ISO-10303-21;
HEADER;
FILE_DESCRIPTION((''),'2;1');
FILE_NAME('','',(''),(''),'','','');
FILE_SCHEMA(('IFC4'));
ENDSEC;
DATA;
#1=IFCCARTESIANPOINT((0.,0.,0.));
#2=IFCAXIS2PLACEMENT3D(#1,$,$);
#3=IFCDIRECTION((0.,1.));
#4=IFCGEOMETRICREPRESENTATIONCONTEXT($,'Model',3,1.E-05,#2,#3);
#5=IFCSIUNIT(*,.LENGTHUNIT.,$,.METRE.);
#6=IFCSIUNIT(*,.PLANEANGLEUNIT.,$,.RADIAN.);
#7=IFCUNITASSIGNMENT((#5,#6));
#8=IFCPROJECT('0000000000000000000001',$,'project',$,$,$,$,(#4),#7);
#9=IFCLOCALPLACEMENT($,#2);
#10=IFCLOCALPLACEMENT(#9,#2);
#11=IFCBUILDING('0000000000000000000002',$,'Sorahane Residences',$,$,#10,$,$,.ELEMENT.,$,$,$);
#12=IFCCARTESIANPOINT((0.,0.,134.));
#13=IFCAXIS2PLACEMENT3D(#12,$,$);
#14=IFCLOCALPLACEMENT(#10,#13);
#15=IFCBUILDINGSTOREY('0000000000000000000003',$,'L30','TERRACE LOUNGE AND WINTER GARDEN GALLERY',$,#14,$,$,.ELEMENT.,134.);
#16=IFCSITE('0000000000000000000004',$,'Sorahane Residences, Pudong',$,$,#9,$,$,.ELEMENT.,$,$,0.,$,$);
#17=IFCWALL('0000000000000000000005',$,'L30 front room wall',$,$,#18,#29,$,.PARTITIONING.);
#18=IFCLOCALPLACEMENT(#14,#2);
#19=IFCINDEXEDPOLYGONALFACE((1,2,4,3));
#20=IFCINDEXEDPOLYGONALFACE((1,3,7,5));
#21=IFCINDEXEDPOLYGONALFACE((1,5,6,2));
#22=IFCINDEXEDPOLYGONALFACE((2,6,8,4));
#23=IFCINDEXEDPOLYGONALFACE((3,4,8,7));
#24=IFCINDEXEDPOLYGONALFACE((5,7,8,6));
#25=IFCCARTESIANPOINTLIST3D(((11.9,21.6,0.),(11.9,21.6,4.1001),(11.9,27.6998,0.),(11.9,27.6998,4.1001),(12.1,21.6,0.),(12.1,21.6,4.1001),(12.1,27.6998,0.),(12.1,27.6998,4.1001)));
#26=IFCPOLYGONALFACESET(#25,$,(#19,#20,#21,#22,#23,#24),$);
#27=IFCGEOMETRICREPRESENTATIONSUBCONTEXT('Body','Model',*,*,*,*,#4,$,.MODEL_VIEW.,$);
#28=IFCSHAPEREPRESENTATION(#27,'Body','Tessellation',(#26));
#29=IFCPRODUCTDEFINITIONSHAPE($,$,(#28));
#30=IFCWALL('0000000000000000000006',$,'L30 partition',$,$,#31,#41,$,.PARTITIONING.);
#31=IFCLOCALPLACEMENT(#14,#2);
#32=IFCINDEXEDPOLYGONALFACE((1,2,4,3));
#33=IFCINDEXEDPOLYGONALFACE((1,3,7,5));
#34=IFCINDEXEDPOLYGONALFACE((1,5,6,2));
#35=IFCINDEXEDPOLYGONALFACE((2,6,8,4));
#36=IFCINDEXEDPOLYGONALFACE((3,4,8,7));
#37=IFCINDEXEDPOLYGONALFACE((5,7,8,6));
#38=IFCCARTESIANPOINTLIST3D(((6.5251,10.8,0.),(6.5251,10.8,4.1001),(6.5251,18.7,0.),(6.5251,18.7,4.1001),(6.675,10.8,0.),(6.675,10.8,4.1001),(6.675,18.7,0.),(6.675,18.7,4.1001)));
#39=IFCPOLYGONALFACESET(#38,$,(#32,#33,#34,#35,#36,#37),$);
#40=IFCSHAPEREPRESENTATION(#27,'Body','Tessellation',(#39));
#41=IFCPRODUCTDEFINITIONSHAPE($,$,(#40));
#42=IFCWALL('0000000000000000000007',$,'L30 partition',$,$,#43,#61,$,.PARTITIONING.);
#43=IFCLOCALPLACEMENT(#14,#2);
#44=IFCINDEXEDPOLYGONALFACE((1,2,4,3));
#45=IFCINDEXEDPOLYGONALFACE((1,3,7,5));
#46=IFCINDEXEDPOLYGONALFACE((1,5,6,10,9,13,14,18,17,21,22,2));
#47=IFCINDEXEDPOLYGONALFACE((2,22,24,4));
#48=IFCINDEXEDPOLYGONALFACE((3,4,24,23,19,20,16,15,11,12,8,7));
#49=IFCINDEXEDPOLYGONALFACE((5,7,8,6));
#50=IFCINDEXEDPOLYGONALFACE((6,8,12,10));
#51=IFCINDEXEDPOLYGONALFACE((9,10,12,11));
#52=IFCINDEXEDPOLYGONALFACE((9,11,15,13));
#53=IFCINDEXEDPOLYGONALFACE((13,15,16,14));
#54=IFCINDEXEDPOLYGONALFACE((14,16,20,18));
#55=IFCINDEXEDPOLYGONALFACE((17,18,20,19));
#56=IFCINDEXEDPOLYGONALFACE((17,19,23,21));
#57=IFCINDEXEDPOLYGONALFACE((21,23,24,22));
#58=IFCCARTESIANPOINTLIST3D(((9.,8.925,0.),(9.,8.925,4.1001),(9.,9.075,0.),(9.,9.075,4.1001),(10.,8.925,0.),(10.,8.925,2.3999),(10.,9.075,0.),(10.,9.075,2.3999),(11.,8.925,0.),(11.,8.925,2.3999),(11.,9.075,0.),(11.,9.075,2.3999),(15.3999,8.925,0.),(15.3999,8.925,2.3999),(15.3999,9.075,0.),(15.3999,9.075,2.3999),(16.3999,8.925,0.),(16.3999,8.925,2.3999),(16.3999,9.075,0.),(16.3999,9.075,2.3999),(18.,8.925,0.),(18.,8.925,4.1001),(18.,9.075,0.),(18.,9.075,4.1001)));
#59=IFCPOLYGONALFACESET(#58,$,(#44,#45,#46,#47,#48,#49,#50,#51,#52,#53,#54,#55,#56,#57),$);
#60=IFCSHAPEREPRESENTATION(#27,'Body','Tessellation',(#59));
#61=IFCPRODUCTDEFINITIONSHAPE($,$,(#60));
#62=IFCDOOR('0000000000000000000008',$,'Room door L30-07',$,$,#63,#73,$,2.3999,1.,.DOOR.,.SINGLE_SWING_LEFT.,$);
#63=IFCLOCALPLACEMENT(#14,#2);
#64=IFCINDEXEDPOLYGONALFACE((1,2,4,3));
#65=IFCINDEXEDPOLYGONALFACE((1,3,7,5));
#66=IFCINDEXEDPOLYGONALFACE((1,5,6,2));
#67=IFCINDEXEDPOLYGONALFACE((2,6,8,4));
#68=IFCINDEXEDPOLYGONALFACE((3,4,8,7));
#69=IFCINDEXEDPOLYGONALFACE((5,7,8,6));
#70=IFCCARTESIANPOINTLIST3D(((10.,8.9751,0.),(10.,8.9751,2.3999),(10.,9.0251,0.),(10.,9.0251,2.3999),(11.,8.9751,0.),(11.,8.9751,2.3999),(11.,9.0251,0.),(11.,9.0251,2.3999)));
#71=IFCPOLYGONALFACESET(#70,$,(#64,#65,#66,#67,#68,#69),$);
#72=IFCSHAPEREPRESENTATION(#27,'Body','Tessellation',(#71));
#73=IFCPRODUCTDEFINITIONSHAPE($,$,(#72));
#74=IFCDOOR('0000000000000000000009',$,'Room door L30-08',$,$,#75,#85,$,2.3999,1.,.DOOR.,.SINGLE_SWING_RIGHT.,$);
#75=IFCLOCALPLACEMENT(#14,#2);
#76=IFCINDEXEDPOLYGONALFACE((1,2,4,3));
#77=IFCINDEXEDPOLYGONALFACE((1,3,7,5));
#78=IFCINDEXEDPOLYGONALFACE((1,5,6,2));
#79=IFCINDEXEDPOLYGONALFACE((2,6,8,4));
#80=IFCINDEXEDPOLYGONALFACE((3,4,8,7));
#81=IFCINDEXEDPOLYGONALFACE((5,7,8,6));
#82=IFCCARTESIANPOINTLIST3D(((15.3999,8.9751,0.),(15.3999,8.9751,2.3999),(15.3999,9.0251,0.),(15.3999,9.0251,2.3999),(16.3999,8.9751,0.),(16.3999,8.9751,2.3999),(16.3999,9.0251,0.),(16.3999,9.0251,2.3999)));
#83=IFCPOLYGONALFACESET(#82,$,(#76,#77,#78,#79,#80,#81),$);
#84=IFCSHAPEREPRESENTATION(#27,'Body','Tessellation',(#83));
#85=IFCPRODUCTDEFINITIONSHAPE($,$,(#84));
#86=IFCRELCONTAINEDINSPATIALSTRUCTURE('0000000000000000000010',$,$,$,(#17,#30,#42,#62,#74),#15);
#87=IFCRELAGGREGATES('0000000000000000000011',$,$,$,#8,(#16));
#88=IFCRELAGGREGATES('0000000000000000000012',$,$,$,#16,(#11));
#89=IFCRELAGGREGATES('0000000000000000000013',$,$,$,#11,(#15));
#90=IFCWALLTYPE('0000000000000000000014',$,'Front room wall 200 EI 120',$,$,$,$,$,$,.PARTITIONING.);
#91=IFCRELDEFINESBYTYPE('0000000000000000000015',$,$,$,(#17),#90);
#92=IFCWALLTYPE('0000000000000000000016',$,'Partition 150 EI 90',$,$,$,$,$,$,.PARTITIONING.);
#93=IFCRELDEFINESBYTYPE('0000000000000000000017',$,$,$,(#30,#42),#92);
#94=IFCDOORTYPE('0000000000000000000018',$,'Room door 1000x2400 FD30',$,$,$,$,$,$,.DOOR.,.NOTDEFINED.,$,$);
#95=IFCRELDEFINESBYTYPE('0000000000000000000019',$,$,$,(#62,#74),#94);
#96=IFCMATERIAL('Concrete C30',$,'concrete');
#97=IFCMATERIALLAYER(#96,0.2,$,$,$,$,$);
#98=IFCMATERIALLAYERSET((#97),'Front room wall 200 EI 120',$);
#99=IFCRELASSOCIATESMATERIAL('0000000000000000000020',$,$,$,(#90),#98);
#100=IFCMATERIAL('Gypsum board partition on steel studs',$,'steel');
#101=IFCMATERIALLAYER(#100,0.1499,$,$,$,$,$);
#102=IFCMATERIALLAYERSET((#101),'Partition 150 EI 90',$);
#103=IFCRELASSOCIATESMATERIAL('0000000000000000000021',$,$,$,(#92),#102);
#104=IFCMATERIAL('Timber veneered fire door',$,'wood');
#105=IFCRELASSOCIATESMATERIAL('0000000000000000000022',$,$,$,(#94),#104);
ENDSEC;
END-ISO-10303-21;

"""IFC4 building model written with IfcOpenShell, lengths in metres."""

from ifc_helpers import new_model, si_unit, direction, frame, frame_2d, origin, place, context, subcontext, project, spatial, rectangle, extrude, material, layer, layer_set, type_object, element, fill, save


model = new_model("IFC4")

# Units and contexts
model_context = context("Model", 3, precision=1e-05, world=origin(), true_north=direction((0.0, 1.0)))
body_context = subcontext(model_context, "Body", "Model", "MODEL_VIEW")
ifc_project = project(units=[si_unit("LENGTHUNIT", "METRE"), si_unit("PLANEANGLEUNIT", "RADIAN")], contexts=[model_context])

# Site, building, storey
site_placement = place(None, origin())
site = spatial("IfcSite", under=ifc_project, at=site_placement, Name="Sorahane Residences, Pudong", CompositionType="ELEMENT", RefElevation=0.0)
building_placement = place(site_placement, origin())
building = spatial("IfcBuilding", under=site, at=building_placement, Name="Sorahane Residences", CompositionType="ELEMENT")
storey_placement = place(building_placement, frame((0.0, 0.0, 134.0)))
storey = spatial("IfcBuildingStorey", under=building, at=storey_placement, Name="L30", Description="TERRACE LOUNGE AND WINTER GARDEN GALLERY", CompositionType="ELEMENT", Elevation=134.0)

# Walls
ifc_material_1 = material(Name="Concrete C30", Category="concrete")
ifc_layer_1 = layer(ifc_material_1, 0.2)
ifc_layer_set_1 = layer_set([ifc_layer_1], Name="Front room wall 200 EI 120")
wall_type_1 = type_object("IfcWallType", Name="Front room wall 200 EI 120", PredefinedType="PARTITIONING", material=ifc_layer_set_1)
wall_1_placement = place(storey_placement, frame((12.0, 21.6001, 0.0), z_axis=(0.0, 0.0, 1.0), x_axis=(0.0, 1.0, 0.0)))
element("IfcWall", 1, at=wall_1_placement, inside=storey, type_object=wall_type_1, Name="L30 front room wall", PredefinedType="PARTITIONING", context=body_context, shape_type="SweptSolid", body=[
    extrude(rectangle(XDim=6.0999, YDim=0.2, at=frame_2d((3.0498, 0.0))), origin(), (0.0, 0.0, 1.0), 4.1001),
])
ifc_material_2 = material(Name="Gypsum board partition on steel studs", Category="steel")
ifc_layer_2 = layer(ifc_material_2, 0.1499)
ifc_layer_set_2 = layer_set([ifc_layer_2], Name="Partition 150 EI 90")
wall_type_2 = type_object("IfcWallType", Name="Partition 150 EI 90", PredefinedType="PARTITIONING", material=ifc_layer_set_2)
wall_2_placement = place(storey_placement, frame((6.6001, 10.8, 0.0), z_axis=(0.0, 0.0, 1.0), x_axis=(0.0, 1.0, 0.0)))
element("IfcWall", 2, at=wall_2_placement, inside=storey, type_object=wall_type_2, Name="L30 partition", PredefinedType="PARTITIONING", context=body_context, shape_type="SweptSolid", body=[
    extrude(rectangle(XDim=7.8999, YDim=0.1499, at=frame_2d((3.95, 0.0))), origin(), (0.0, 0.0, 1.0), 4.1001),
])

# Wall, openings, doors
wall_3_placement = place(storey_placement, frame((9.0, 9.0, 0.0), z_axis=(0.0, 0.0, 1.0), x_axis=(1.0, 0.0, 0.0)))
wall_3 = element("IfcWall", 3, at=wall_3_placement, inside=storey, type_object=wall_type_2, Name="L30 partition", PredefinedType="PARTITIONING", context=body_context, shape_type="SweptSolid", body=[
    extrude(rectangle(XDim=9.0, YDim=0.1499, at=frame_2d((4.5, 0.0))), origin(), (0.0, 0.0, 1.0), 4.1001),
])
opening_1_placement = place(wall_3_placement, frame((1.0, 0.0, 0.0)))
opening_1 = element("IfcOpeningElement", 4, at=opening_1_placement, cuts=wall_3, PredefinedType="OPENING", context=body_context, shape_type="SweptSolid", body=[
    extrude(rectangle(XDim=1.0, YDim=2.3999, at=frame_2d((0.5, 1.2))), frame((0.0, 0.085, 0.0), z_axis=(0.0, -1.0, 0.0), x_axis=(1.0, 0.0, 0.0)), (0.0, 0.0, 1.0), 0.1699),
])
opening_2_placement = place(wall_3_placement, frame((6.3999, 0.0, 0.0)))
opening_2 = element("IfcOpeningElement", 5, at=opening_2_placement, cuts=wall_3, PredefinedType="OPENING", context=body_context, shape_type="SweptSolid", body=[
    extrude(rectangle(XDim=1.0, YDim=2.3999, at=frame_2d((0.5, 1.2))), frame((0.0, 0.085, 0.0), z_axis=(0.0, -1.0, 0.0), x_axis=(1.0, 0.0, 0.0)), (0.0, 0.0, 1.0), 0.1699),
])
ifc_material_3 = material(Name="Timber veneered fire door", Category="wood")
door_type_1 = type_object("IfcDoorType", Name="Room door 1000x2400 FD30", OperationType="NOTDEFINED", PredefinedType="DOOR", material=ifc_material_3)
door_1_placement = place(opening_1_placement, frame((1.0, 0.0, 0.0), z_axis=(0.0, 0.0, 1.0), x_axis=(-1.0, 0.0, 0.0)))
door_1 = element("IfcDoor", 6, at=door_1_placement, inside=storey, type_object=door_type_1, Name="Room door L30-07", OperationType="SINGLE_SWING_LEFT", OverallHeight=2.3999, OverallWidth=1.0, PredefinedType="DOOR", context=body_context, shape_type="SweptSolid", body=[
    extrude(rectangle(XDim=1.0, YDim=2.3999, at=frame_2d((0.5, 1.2))), frame((0.0, 0.0249, 0.0), z_axis=(0.0, -1.0, 0.0), x_axis=(1.0, 0.0, 0.0)), (0.0, 0.0, 1.0), 0.05),
])
fill(opening_1, door_1)
door_2_placement = place(opening_2_placement, frame((1.0, 0.0, 0.0), z_axis=(0.0, 0.0, 1.0), x_axis=(-1.0, 0.0, 0.0)))
door_2 = element("IfcDoor", 7, at=door_2_placement, inside=storey, type_object=door_type_1, Name="Room door L30-08", OperationType="SINGLE_SWING_RIGHT", OverallHeight=2.3999, OverallWidth=1.0, PredefinedType="DOOR", context=body_context, shape_type="SweptSolid", body=[
    extrude(rectangle(XDim=1.0, YDim=2.3999, at=frame_2d((0.5, 1.2))), frame((0.0, 0.0249, 0.0), z_axis=(0.0, -1.0, 0.0), x_axis=(1.0, 0.0, 0.0)), (0.0, 0.0, 1.0), 0.05),
])
fill(opening_2, door_2)

save(model, "model.ifc")
